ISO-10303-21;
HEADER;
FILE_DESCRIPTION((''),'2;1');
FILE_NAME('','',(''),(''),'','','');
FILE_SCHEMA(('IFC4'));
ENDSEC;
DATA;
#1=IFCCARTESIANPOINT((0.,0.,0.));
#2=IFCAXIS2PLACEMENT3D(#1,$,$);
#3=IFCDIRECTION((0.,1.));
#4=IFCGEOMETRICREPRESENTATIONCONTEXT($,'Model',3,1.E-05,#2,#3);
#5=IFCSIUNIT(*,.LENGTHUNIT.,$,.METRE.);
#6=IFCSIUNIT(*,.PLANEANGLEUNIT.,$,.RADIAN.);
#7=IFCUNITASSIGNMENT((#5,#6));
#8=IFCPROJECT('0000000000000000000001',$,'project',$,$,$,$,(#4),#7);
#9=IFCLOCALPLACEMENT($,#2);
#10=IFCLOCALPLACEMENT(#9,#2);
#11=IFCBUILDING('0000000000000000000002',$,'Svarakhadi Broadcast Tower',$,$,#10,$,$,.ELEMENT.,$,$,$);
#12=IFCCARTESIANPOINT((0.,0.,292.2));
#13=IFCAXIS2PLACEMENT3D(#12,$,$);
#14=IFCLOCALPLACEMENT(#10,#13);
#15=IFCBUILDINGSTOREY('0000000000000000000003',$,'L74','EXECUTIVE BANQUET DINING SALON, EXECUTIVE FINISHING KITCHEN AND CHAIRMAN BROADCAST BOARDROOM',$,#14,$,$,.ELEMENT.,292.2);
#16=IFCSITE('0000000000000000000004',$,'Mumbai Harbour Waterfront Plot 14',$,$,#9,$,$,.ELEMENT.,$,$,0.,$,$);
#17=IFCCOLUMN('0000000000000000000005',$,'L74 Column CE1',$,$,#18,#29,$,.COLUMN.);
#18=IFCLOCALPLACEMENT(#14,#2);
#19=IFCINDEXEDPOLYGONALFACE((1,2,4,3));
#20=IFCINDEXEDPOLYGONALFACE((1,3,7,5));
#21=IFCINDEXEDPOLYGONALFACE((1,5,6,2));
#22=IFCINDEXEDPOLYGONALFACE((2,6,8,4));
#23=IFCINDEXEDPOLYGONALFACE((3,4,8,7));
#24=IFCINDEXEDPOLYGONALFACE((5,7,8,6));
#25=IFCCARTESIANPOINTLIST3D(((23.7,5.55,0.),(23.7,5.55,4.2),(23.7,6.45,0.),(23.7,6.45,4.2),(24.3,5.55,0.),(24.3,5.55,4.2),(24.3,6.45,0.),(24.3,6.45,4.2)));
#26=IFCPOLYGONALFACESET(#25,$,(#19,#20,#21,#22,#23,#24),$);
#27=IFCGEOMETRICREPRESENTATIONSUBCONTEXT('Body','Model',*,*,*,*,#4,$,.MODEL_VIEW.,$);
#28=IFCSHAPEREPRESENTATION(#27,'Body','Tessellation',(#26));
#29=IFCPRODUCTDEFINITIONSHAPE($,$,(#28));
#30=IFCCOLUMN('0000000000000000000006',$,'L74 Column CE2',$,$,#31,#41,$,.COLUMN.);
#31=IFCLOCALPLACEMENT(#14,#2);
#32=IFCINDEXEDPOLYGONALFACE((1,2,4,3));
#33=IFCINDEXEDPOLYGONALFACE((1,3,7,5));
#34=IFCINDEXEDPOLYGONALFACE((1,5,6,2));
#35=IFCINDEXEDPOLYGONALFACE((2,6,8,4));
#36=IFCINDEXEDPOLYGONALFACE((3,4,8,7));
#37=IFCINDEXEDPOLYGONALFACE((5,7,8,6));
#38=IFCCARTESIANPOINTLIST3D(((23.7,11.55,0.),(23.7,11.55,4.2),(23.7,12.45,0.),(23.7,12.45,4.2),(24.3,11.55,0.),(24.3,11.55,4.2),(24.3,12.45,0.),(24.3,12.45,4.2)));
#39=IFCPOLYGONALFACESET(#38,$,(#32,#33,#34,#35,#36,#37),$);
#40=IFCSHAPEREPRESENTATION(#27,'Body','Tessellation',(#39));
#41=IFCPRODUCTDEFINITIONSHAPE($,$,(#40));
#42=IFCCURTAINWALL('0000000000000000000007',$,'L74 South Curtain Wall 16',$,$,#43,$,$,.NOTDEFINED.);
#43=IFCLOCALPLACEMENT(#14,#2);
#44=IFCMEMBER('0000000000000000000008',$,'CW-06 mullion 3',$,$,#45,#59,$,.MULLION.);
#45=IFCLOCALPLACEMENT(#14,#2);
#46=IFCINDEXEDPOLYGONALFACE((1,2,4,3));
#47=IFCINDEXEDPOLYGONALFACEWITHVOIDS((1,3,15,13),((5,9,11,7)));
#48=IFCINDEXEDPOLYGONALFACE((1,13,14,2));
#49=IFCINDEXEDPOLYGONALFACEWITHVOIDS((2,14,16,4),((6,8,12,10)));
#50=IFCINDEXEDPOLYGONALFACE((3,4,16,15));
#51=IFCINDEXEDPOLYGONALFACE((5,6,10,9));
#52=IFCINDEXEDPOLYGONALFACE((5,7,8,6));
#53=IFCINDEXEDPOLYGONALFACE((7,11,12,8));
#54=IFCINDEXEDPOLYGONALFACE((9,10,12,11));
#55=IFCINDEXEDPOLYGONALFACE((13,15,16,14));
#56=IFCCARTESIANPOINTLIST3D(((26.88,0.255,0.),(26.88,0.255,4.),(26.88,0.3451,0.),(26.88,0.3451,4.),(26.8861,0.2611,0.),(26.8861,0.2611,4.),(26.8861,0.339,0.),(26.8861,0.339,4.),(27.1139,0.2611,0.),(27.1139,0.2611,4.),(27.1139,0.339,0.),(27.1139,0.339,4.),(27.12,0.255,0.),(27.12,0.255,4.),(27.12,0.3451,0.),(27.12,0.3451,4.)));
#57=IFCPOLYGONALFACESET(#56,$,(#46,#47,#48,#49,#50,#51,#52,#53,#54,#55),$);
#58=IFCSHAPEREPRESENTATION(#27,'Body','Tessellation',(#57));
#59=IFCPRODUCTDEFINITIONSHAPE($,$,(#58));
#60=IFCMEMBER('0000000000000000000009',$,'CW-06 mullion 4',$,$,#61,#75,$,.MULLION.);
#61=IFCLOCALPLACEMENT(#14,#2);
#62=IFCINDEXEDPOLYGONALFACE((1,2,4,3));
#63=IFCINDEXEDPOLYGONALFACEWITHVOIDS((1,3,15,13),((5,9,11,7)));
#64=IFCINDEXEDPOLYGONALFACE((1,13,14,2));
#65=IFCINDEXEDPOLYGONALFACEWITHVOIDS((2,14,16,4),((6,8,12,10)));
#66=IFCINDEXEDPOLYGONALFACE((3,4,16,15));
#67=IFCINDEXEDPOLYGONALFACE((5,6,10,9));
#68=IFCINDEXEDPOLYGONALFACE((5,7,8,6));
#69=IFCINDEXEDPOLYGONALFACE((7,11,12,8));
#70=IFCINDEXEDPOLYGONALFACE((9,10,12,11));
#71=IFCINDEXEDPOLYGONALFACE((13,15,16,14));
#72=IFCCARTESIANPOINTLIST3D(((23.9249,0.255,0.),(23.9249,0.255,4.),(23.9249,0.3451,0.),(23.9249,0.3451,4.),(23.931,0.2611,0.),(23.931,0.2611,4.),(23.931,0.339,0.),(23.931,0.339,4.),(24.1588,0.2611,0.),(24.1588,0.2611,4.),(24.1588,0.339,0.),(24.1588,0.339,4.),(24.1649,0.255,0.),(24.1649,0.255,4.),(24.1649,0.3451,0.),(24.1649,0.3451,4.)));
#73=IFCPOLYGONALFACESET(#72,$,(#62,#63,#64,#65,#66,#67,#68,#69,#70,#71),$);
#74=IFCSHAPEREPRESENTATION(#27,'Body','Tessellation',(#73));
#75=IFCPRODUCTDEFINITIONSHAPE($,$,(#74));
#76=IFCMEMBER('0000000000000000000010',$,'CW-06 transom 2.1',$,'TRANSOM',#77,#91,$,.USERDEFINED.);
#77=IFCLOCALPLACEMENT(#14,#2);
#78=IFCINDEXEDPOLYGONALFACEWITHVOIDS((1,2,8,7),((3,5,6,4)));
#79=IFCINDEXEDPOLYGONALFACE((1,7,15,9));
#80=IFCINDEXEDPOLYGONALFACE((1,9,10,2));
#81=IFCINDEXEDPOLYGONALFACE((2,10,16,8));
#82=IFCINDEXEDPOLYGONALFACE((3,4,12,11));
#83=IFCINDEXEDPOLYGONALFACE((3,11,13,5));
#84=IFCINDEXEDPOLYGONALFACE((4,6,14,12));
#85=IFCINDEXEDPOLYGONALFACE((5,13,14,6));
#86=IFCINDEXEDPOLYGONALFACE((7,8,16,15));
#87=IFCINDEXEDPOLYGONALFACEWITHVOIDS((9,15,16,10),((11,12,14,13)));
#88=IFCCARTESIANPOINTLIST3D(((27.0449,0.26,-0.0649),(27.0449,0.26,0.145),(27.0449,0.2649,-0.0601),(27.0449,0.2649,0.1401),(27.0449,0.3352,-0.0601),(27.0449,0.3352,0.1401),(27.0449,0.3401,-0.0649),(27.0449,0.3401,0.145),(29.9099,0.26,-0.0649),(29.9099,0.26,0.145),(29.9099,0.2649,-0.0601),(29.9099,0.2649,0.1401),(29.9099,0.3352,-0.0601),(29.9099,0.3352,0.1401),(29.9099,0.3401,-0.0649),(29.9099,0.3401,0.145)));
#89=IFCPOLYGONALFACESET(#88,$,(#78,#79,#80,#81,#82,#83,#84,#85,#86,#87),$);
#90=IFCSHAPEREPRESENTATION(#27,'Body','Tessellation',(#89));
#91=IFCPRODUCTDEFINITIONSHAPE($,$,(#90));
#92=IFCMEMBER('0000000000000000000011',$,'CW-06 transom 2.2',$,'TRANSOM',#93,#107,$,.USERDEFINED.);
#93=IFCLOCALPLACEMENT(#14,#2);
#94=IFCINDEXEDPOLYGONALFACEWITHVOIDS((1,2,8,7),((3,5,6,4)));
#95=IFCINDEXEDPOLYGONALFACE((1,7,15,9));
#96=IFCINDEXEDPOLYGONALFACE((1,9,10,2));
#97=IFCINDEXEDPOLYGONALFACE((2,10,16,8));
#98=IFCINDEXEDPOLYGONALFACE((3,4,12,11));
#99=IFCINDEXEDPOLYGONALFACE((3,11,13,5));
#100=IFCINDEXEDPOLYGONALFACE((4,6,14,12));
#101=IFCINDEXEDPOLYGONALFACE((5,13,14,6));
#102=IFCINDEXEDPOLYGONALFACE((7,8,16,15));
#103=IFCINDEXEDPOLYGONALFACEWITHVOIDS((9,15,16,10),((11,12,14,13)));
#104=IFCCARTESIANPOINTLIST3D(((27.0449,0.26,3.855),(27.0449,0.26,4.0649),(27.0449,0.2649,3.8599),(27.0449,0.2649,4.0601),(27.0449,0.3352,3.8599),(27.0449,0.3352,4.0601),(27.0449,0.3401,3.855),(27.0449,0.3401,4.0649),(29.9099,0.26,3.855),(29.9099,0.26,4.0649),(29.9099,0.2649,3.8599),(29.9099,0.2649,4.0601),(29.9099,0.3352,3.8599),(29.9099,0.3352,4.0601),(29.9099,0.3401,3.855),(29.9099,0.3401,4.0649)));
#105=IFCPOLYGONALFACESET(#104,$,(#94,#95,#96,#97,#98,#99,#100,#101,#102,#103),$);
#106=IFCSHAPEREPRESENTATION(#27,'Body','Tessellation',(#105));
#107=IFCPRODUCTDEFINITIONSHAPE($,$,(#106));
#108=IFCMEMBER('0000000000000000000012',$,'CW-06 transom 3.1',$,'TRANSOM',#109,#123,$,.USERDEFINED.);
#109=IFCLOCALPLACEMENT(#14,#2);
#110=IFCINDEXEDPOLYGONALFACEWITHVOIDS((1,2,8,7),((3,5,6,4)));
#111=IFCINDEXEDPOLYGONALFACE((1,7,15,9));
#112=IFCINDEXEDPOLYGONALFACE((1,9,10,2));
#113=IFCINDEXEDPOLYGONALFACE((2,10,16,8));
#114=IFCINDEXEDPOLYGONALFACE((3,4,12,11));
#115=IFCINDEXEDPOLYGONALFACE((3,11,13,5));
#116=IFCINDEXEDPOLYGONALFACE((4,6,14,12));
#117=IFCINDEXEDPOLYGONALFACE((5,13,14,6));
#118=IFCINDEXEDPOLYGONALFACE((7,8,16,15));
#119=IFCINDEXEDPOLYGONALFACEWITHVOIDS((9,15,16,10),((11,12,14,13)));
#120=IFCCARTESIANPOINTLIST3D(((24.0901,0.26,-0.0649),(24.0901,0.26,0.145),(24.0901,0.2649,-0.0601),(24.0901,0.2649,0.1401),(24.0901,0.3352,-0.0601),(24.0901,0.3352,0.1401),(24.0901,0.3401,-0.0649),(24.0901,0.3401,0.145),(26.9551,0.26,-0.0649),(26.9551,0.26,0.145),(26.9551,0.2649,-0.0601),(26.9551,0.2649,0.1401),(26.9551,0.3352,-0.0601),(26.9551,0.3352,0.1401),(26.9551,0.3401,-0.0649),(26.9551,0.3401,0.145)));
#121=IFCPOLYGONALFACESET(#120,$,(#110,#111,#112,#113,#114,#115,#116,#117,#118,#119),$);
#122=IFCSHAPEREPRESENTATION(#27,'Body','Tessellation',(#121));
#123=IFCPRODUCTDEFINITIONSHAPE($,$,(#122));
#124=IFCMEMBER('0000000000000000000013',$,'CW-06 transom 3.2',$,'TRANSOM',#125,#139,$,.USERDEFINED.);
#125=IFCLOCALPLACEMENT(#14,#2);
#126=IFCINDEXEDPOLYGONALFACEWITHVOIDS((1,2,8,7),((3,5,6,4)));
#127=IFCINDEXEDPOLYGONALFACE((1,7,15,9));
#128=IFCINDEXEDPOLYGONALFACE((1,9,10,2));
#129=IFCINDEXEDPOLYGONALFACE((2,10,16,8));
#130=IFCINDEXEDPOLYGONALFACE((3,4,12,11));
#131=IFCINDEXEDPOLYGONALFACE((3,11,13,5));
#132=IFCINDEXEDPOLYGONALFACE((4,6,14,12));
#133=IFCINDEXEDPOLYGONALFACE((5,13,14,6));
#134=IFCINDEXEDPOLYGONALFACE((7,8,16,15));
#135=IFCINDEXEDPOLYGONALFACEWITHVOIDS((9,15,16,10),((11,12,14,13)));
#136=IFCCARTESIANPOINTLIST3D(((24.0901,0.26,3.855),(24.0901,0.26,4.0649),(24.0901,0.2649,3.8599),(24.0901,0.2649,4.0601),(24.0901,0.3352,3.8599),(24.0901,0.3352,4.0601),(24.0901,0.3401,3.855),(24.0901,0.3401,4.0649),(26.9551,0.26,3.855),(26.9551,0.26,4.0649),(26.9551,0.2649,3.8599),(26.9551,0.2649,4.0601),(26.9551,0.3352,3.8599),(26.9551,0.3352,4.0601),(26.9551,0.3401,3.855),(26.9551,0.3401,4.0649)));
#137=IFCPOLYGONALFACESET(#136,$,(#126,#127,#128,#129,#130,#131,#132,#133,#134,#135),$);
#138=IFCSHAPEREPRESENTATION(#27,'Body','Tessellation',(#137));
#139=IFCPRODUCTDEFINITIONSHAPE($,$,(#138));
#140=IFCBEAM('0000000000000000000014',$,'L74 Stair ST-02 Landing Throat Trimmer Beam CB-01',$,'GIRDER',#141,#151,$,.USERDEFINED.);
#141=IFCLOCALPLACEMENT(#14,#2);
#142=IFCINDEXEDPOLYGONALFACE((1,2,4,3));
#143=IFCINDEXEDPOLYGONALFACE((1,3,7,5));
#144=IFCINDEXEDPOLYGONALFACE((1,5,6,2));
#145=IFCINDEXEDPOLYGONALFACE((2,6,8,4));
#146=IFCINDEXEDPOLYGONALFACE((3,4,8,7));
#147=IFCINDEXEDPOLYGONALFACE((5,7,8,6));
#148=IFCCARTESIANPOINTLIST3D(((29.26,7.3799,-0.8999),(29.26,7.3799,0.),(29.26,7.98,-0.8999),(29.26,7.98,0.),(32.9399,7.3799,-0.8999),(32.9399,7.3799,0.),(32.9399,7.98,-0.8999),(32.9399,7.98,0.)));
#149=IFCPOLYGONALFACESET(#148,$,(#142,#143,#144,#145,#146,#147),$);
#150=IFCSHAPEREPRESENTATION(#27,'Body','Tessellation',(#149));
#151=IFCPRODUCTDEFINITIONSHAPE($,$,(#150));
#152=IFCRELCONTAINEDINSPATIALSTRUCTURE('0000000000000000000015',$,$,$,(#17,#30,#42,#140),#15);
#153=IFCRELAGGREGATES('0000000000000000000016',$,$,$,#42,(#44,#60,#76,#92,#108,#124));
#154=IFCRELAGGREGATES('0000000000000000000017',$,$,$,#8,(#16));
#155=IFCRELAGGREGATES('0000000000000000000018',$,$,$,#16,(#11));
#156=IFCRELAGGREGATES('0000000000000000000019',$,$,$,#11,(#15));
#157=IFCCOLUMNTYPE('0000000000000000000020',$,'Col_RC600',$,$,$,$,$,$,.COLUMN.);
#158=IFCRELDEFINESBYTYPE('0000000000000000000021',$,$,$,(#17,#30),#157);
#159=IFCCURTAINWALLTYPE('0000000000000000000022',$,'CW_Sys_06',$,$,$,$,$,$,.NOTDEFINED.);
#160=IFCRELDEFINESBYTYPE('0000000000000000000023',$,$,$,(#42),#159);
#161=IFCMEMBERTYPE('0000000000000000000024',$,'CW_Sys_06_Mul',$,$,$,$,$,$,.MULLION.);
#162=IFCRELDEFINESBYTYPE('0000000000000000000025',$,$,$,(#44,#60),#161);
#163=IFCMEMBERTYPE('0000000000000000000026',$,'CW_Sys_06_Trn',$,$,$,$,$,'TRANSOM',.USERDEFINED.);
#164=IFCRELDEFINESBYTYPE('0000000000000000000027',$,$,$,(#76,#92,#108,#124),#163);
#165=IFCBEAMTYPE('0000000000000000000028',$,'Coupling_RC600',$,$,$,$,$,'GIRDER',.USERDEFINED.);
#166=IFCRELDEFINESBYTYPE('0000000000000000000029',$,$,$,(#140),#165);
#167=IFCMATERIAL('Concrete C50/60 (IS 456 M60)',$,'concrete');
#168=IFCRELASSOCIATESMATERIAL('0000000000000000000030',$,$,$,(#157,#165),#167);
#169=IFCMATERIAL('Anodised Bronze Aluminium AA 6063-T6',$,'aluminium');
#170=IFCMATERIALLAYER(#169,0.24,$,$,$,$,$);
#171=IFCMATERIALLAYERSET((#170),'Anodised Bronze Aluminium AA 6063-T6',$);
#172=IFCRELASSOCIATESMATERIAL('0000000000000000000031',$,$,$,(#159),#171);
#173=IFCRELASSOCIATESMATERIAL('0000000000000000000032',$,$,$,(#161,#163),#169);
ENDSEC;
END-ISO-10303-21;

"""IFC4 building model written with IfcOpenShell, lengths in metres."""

from ifc_helpers import new_model, si_unit, direction, frame, origin, origin_2d, place, context, subcontext, project, spatial, rectangle, hollow_rectangle, extrude, material, layer, layer_set, material_profile, profile_set, type_object, element, aggregate, save


model = new_model("IFC4")

# Units and contexts
model_context = context("Model", 3, precision=1e-05, world=origin(), true_north=direction((0.0, 1.0)))
body_context = subcontext(model_context, "Body", "Model", "MODEL_VIEW")
ifc_project = project(units=[si_unit("LENGTHUNIT", "METRE"), si_unit("PLANEANGLEUNIT", "RADIAN")], contexts=[model_context])

# Site, building, storey
site_placement = place(None, origin())
site = spatial("IfcSite", under=ifc_project, at=site_placement, Name="Mumbai Harbour Waterfront Plot 14", CompositionType="ELEMENT", RefElevation=0.0)
building_placement = place(site_placement, origin())
building = spatial("IfcBuilding", under=site, at=building_placement, Name="Svarakhadi Broadcast Tower", CompositionType="ELEMENT")
storey_placement = place(building_placement, frame((0.0, 0.0, 292.2)))
storey = spatial("IfcBuildingStorey", under=building, at=storey_placement, Name="L74", Description="EXECUTIVE BANQUET DINING SALON, EXECUTIVE FINISHING KITCHEN AND CHAIRMAN BROADCAST BOARDROOM", CompositionType="ELEMENT", Elevation=292.2)

# Columns
ifc_material_1 = material(Name="Concrete C50/60 (IS 456 M60)", Category="concrete")
ifc_material_profile_1 = material_profile(ifc_material_1, rectangle(XDim=0.6001, YDim=0.8999, at=origin_2d()), Name="RC 600x900")
ifc_profile_set_1 = profile_set([ifc_material_profile_1], Name="Concrete C50/60 (IS 456 M60)")
column_type = type_object("IfcColumnType", Name="Col_RC600", PredefinedType="COLUMN", material=ifc_profile_set_1)
for number, where, z_axis, x_axis, name in (
    (1, (24.0, 6.0, 0.0), (0.0, 0.0, 1.0), (1.0, 0.0, 0.0), "L74 Column CE1"),
    (2, (24.0, 12.0, 0.0), (0.0, 0.0, 1.0), (1.0, 0.0, 0.0), "L74 Column CE2"),
):
    element("IfcColumn", number, at=place(storey_placement, frame(where, z_axis=z_axis, x_axis=x_axis)), inside=storey, type_object=column_type, Name=name, PredefinedType="COLUMN", context=body_context, shape_type="SweptSolid", body=[
        extrude(rectangle(XDim=0.6001, YDim=0.8999, at=origin_2d()), origin(), (0.0, 0.0, 1.0), 4.2),
    ])

# Curtain wall, members
ifc_material_2 = material(Name="Anodised Bronze Aluminium AA 6063-T6", Category="aluminium")
ifc_layer_1 = layer(ifc_material_2, 0.24)
ifc_layer_set_1 = layer_set([ifc_layer_1], Name="Anodised Bronze Aluminium AA 6063-T6")
curtain_wall_type = type_object("IfcCurtainWallType", Name="CW_Sys_06", PredefinedType="NOTDEFINED", material=ifc_layer_set_1)
curtain_wall_placement = place(storey_placement, origin())
curtain_wall = element("IfcCurtainWall", 3, at=curtain_wall_placement, inside=storey, type_object=curtain_wall_type, Name="L74 South Curtain Wall 16", PredefinedType="NOTDEFINED")
ifc_material_profile_2 = material_profile(ifc_material_2, hollow_rectangle(XDim=0.0901, YDim=0.24, WallThickness=0.0061, at=origin_2d()), Name="ALU MULLION 240x90x6")
ifc_profile_set_2 = profile_set([ifc_material_profile_2], Name="Anodised Bronze Aluminium AA 6063-T6")
member_type_1 = type_object("IfcMemberType", Name="CW_Sys_06_Mul", PredefinedType="MULLION", material=ifc_profile_set_2)
member_1_placement = place(storey_placement, frame((27.0, 0.3, 0.0), z_axis=(0.0, 0.0, 1.0), x_axis=(0.0, -1.0, 0.0)))
member_1 = element("IfcMember", 4, at=member_1_placement, type_object=member_type_1, Name="CW-06 mullion 3", PredefinedType="MULLION", context=body_context, shape_type="SweptSolid", body=[
    extrude(hollow_rectangle(XDim=0.0901, YDim=0.24, WallThickness=0.0061, at=origin_2d()), origin(), (0.0, 0.0, 1.0), 4.0),
])
member_2_placement = place(storey_placement, frame((24.0449, 0.3, 0.0), z_axis=(0.0, 0.0, 1.0), x_axis=(0.0, -1.0, 0.0)))
member_2 = element("IfcMember", 5, at=member_2_placement, type_object=member_type_1, Name="CW-06 mullion 4", PredefinedType="MULLION", context=body_context, shape_type="SweptSolid", body=[
    extrude(hollow_rectangle(XDim=0.0901, YDim=0.24, WallThickness=0.0061, at=origin_2d()), origin(), (0.0, 0.0, 1.0), 4.0),
])
ifc_material_profile_3 = material_profile(ifc_material_2, hollow_rectangle(XDim=0.0801, YDim=0.21, WallThickness=0.0049, at=origin_2d()), Name="ALU TRANSOM 210x80x5")
ifc_profile_set_3 = profile_set([ifc_material_profile_3], Name="Anodised Bronze Aluminium AA 6063-T6")
member_type_2 = type_object("IfcMemberType", Name="CW_Sys_06_Trn", ElementType="TRANSOM", PredefinedType="USERDEFINED", material=ifc_profile_set_3)
member_3_placement = place(storey_placement, frame((29.9099, 0.3, 0.04), z_axis=(-1.0, 0.0, 0.0), x_axis=(0.0, -1.0, 0.0)))
member_3 = element("IfcMember", 6, at=member_3_placement, type_object=member_type_2, Name="CW-06 transom 2.1", ObjectType="TRANSOM", PredefinedType="USERDEFINED", context=body_context, shape_type="SweptSolid", body=[
    extrude(hollow_rectangle(XDim=0.0801, YDim=0.21, WallThickness=0.0049, at=origin_2d()), origin(), (0.0, 0.0, 1.0), 2.865),
])
member_4_placement = place(storey_placement, frame((29.9099, 0.3, 3.96), z_axis=(-1.0, 0.0, 0.0), x_axis=(0.0, -1.0, 0.0)))
member_4 = element("IfcMember", 7, at=member_4_placement, type_object=member_type_2, Name="CW-06 transom 2.2", ObjectType="TRANSOM", PredefinedType="USERDEFINED", context=body_context, shape_type="SweptSolid", body=[
    extrude(hollow_rectangle(XDim=0.0801, YDim=0.21, WallThickness=0.0049, at=origin_2d()), origin(), (0.0, 0.0, 1.0), 2.865),
])
member_5_placement = place(storey_placement, frame((26.9551, 0.3, 0.04), z_axis=(-1.0, 0.0, 0.0), x_axis=(0.0, -1.0, 0.0)))
member_5 = element("IfcMember", 8, at=member_5_placement, type_object=member_type_2, Name="CW-06 transom 3.1", ObjectType="TRANSOM", PredefinedType="USERDEFINED", context=body_context, shape_type="SweptSolid", body=[
    extrude(hollow_rectangle(XDim=0.0801, YDim=0.21, WallThickness=0.0049, at=origin_2d()), origin(), (0.0, 0.0, 1.0), 2.865),
])
member_6_placement = place(storey_placement, frame((26.9551, 0.3, 3.96), z_axis=(-1.0, 0.0, 0.0), x_axis=(0.0, -1.0, 0.0)))
member_6 = element("IfcMember", 9, at=member_6_placement, type_object=member_type_2, Name="CW-06 transom 3.2", ObjectType="TRANSOM", PredefinedType="USERDEFINED", context=body_context, shape_type="SweptSolid", body=[
    extrude(hollow_rectangle(XDim=0.0801, YDim=0.21, WallThickness=0.0049, at=origin_2d()), origin(), (0.0, 0.0, 1.0), 2.865),
])

# Beam
ifc_material_profile_4 = material_profile(ifc_material_1, rectangle(XDim=0.6001, YDim=0.8999, at=origin_2d()), Name="RC 600x900")
ifc_profile_set_4 = profile_set([ifc_material_profile_4], Name="Concrete C50/60 (IS 456 M60)")
beam_type_1 = type_object("IfcBeamType", Name="Coupling_RC600", ElementType="GIRDER", PredefinedType="USERDEFINED", material=ifc_profile_set_4)
beam_1_placement = place(storey_placement, frame((29.26, 7.6799, -0.45), z_axis=(1.0, 0.0, 0.0), x_axis=(0.0, 1.0, 0.0)))
element("IfcBeam", 10, at=beam_1_placement, inside=storey, type_object=beam_type_1, Name="L74 Stair ST-02 Landing Throat Trimmer Beam CB-01", ObjectType="GIRDER", PredefinedType="USERDEFINED", context=body_context, shape_type="SweptSolid", body=[
    extrude(rectangle(XDim=0.6001, YDim=0.8999, at=origin_2d()), origin(), (0.0, 0.0, 1.0), 3.6799),
])

aggregate(curtain_wall, [member_1, member_2, member_3, member_4, member_5, member_6])

save(model, "model.ifc")
